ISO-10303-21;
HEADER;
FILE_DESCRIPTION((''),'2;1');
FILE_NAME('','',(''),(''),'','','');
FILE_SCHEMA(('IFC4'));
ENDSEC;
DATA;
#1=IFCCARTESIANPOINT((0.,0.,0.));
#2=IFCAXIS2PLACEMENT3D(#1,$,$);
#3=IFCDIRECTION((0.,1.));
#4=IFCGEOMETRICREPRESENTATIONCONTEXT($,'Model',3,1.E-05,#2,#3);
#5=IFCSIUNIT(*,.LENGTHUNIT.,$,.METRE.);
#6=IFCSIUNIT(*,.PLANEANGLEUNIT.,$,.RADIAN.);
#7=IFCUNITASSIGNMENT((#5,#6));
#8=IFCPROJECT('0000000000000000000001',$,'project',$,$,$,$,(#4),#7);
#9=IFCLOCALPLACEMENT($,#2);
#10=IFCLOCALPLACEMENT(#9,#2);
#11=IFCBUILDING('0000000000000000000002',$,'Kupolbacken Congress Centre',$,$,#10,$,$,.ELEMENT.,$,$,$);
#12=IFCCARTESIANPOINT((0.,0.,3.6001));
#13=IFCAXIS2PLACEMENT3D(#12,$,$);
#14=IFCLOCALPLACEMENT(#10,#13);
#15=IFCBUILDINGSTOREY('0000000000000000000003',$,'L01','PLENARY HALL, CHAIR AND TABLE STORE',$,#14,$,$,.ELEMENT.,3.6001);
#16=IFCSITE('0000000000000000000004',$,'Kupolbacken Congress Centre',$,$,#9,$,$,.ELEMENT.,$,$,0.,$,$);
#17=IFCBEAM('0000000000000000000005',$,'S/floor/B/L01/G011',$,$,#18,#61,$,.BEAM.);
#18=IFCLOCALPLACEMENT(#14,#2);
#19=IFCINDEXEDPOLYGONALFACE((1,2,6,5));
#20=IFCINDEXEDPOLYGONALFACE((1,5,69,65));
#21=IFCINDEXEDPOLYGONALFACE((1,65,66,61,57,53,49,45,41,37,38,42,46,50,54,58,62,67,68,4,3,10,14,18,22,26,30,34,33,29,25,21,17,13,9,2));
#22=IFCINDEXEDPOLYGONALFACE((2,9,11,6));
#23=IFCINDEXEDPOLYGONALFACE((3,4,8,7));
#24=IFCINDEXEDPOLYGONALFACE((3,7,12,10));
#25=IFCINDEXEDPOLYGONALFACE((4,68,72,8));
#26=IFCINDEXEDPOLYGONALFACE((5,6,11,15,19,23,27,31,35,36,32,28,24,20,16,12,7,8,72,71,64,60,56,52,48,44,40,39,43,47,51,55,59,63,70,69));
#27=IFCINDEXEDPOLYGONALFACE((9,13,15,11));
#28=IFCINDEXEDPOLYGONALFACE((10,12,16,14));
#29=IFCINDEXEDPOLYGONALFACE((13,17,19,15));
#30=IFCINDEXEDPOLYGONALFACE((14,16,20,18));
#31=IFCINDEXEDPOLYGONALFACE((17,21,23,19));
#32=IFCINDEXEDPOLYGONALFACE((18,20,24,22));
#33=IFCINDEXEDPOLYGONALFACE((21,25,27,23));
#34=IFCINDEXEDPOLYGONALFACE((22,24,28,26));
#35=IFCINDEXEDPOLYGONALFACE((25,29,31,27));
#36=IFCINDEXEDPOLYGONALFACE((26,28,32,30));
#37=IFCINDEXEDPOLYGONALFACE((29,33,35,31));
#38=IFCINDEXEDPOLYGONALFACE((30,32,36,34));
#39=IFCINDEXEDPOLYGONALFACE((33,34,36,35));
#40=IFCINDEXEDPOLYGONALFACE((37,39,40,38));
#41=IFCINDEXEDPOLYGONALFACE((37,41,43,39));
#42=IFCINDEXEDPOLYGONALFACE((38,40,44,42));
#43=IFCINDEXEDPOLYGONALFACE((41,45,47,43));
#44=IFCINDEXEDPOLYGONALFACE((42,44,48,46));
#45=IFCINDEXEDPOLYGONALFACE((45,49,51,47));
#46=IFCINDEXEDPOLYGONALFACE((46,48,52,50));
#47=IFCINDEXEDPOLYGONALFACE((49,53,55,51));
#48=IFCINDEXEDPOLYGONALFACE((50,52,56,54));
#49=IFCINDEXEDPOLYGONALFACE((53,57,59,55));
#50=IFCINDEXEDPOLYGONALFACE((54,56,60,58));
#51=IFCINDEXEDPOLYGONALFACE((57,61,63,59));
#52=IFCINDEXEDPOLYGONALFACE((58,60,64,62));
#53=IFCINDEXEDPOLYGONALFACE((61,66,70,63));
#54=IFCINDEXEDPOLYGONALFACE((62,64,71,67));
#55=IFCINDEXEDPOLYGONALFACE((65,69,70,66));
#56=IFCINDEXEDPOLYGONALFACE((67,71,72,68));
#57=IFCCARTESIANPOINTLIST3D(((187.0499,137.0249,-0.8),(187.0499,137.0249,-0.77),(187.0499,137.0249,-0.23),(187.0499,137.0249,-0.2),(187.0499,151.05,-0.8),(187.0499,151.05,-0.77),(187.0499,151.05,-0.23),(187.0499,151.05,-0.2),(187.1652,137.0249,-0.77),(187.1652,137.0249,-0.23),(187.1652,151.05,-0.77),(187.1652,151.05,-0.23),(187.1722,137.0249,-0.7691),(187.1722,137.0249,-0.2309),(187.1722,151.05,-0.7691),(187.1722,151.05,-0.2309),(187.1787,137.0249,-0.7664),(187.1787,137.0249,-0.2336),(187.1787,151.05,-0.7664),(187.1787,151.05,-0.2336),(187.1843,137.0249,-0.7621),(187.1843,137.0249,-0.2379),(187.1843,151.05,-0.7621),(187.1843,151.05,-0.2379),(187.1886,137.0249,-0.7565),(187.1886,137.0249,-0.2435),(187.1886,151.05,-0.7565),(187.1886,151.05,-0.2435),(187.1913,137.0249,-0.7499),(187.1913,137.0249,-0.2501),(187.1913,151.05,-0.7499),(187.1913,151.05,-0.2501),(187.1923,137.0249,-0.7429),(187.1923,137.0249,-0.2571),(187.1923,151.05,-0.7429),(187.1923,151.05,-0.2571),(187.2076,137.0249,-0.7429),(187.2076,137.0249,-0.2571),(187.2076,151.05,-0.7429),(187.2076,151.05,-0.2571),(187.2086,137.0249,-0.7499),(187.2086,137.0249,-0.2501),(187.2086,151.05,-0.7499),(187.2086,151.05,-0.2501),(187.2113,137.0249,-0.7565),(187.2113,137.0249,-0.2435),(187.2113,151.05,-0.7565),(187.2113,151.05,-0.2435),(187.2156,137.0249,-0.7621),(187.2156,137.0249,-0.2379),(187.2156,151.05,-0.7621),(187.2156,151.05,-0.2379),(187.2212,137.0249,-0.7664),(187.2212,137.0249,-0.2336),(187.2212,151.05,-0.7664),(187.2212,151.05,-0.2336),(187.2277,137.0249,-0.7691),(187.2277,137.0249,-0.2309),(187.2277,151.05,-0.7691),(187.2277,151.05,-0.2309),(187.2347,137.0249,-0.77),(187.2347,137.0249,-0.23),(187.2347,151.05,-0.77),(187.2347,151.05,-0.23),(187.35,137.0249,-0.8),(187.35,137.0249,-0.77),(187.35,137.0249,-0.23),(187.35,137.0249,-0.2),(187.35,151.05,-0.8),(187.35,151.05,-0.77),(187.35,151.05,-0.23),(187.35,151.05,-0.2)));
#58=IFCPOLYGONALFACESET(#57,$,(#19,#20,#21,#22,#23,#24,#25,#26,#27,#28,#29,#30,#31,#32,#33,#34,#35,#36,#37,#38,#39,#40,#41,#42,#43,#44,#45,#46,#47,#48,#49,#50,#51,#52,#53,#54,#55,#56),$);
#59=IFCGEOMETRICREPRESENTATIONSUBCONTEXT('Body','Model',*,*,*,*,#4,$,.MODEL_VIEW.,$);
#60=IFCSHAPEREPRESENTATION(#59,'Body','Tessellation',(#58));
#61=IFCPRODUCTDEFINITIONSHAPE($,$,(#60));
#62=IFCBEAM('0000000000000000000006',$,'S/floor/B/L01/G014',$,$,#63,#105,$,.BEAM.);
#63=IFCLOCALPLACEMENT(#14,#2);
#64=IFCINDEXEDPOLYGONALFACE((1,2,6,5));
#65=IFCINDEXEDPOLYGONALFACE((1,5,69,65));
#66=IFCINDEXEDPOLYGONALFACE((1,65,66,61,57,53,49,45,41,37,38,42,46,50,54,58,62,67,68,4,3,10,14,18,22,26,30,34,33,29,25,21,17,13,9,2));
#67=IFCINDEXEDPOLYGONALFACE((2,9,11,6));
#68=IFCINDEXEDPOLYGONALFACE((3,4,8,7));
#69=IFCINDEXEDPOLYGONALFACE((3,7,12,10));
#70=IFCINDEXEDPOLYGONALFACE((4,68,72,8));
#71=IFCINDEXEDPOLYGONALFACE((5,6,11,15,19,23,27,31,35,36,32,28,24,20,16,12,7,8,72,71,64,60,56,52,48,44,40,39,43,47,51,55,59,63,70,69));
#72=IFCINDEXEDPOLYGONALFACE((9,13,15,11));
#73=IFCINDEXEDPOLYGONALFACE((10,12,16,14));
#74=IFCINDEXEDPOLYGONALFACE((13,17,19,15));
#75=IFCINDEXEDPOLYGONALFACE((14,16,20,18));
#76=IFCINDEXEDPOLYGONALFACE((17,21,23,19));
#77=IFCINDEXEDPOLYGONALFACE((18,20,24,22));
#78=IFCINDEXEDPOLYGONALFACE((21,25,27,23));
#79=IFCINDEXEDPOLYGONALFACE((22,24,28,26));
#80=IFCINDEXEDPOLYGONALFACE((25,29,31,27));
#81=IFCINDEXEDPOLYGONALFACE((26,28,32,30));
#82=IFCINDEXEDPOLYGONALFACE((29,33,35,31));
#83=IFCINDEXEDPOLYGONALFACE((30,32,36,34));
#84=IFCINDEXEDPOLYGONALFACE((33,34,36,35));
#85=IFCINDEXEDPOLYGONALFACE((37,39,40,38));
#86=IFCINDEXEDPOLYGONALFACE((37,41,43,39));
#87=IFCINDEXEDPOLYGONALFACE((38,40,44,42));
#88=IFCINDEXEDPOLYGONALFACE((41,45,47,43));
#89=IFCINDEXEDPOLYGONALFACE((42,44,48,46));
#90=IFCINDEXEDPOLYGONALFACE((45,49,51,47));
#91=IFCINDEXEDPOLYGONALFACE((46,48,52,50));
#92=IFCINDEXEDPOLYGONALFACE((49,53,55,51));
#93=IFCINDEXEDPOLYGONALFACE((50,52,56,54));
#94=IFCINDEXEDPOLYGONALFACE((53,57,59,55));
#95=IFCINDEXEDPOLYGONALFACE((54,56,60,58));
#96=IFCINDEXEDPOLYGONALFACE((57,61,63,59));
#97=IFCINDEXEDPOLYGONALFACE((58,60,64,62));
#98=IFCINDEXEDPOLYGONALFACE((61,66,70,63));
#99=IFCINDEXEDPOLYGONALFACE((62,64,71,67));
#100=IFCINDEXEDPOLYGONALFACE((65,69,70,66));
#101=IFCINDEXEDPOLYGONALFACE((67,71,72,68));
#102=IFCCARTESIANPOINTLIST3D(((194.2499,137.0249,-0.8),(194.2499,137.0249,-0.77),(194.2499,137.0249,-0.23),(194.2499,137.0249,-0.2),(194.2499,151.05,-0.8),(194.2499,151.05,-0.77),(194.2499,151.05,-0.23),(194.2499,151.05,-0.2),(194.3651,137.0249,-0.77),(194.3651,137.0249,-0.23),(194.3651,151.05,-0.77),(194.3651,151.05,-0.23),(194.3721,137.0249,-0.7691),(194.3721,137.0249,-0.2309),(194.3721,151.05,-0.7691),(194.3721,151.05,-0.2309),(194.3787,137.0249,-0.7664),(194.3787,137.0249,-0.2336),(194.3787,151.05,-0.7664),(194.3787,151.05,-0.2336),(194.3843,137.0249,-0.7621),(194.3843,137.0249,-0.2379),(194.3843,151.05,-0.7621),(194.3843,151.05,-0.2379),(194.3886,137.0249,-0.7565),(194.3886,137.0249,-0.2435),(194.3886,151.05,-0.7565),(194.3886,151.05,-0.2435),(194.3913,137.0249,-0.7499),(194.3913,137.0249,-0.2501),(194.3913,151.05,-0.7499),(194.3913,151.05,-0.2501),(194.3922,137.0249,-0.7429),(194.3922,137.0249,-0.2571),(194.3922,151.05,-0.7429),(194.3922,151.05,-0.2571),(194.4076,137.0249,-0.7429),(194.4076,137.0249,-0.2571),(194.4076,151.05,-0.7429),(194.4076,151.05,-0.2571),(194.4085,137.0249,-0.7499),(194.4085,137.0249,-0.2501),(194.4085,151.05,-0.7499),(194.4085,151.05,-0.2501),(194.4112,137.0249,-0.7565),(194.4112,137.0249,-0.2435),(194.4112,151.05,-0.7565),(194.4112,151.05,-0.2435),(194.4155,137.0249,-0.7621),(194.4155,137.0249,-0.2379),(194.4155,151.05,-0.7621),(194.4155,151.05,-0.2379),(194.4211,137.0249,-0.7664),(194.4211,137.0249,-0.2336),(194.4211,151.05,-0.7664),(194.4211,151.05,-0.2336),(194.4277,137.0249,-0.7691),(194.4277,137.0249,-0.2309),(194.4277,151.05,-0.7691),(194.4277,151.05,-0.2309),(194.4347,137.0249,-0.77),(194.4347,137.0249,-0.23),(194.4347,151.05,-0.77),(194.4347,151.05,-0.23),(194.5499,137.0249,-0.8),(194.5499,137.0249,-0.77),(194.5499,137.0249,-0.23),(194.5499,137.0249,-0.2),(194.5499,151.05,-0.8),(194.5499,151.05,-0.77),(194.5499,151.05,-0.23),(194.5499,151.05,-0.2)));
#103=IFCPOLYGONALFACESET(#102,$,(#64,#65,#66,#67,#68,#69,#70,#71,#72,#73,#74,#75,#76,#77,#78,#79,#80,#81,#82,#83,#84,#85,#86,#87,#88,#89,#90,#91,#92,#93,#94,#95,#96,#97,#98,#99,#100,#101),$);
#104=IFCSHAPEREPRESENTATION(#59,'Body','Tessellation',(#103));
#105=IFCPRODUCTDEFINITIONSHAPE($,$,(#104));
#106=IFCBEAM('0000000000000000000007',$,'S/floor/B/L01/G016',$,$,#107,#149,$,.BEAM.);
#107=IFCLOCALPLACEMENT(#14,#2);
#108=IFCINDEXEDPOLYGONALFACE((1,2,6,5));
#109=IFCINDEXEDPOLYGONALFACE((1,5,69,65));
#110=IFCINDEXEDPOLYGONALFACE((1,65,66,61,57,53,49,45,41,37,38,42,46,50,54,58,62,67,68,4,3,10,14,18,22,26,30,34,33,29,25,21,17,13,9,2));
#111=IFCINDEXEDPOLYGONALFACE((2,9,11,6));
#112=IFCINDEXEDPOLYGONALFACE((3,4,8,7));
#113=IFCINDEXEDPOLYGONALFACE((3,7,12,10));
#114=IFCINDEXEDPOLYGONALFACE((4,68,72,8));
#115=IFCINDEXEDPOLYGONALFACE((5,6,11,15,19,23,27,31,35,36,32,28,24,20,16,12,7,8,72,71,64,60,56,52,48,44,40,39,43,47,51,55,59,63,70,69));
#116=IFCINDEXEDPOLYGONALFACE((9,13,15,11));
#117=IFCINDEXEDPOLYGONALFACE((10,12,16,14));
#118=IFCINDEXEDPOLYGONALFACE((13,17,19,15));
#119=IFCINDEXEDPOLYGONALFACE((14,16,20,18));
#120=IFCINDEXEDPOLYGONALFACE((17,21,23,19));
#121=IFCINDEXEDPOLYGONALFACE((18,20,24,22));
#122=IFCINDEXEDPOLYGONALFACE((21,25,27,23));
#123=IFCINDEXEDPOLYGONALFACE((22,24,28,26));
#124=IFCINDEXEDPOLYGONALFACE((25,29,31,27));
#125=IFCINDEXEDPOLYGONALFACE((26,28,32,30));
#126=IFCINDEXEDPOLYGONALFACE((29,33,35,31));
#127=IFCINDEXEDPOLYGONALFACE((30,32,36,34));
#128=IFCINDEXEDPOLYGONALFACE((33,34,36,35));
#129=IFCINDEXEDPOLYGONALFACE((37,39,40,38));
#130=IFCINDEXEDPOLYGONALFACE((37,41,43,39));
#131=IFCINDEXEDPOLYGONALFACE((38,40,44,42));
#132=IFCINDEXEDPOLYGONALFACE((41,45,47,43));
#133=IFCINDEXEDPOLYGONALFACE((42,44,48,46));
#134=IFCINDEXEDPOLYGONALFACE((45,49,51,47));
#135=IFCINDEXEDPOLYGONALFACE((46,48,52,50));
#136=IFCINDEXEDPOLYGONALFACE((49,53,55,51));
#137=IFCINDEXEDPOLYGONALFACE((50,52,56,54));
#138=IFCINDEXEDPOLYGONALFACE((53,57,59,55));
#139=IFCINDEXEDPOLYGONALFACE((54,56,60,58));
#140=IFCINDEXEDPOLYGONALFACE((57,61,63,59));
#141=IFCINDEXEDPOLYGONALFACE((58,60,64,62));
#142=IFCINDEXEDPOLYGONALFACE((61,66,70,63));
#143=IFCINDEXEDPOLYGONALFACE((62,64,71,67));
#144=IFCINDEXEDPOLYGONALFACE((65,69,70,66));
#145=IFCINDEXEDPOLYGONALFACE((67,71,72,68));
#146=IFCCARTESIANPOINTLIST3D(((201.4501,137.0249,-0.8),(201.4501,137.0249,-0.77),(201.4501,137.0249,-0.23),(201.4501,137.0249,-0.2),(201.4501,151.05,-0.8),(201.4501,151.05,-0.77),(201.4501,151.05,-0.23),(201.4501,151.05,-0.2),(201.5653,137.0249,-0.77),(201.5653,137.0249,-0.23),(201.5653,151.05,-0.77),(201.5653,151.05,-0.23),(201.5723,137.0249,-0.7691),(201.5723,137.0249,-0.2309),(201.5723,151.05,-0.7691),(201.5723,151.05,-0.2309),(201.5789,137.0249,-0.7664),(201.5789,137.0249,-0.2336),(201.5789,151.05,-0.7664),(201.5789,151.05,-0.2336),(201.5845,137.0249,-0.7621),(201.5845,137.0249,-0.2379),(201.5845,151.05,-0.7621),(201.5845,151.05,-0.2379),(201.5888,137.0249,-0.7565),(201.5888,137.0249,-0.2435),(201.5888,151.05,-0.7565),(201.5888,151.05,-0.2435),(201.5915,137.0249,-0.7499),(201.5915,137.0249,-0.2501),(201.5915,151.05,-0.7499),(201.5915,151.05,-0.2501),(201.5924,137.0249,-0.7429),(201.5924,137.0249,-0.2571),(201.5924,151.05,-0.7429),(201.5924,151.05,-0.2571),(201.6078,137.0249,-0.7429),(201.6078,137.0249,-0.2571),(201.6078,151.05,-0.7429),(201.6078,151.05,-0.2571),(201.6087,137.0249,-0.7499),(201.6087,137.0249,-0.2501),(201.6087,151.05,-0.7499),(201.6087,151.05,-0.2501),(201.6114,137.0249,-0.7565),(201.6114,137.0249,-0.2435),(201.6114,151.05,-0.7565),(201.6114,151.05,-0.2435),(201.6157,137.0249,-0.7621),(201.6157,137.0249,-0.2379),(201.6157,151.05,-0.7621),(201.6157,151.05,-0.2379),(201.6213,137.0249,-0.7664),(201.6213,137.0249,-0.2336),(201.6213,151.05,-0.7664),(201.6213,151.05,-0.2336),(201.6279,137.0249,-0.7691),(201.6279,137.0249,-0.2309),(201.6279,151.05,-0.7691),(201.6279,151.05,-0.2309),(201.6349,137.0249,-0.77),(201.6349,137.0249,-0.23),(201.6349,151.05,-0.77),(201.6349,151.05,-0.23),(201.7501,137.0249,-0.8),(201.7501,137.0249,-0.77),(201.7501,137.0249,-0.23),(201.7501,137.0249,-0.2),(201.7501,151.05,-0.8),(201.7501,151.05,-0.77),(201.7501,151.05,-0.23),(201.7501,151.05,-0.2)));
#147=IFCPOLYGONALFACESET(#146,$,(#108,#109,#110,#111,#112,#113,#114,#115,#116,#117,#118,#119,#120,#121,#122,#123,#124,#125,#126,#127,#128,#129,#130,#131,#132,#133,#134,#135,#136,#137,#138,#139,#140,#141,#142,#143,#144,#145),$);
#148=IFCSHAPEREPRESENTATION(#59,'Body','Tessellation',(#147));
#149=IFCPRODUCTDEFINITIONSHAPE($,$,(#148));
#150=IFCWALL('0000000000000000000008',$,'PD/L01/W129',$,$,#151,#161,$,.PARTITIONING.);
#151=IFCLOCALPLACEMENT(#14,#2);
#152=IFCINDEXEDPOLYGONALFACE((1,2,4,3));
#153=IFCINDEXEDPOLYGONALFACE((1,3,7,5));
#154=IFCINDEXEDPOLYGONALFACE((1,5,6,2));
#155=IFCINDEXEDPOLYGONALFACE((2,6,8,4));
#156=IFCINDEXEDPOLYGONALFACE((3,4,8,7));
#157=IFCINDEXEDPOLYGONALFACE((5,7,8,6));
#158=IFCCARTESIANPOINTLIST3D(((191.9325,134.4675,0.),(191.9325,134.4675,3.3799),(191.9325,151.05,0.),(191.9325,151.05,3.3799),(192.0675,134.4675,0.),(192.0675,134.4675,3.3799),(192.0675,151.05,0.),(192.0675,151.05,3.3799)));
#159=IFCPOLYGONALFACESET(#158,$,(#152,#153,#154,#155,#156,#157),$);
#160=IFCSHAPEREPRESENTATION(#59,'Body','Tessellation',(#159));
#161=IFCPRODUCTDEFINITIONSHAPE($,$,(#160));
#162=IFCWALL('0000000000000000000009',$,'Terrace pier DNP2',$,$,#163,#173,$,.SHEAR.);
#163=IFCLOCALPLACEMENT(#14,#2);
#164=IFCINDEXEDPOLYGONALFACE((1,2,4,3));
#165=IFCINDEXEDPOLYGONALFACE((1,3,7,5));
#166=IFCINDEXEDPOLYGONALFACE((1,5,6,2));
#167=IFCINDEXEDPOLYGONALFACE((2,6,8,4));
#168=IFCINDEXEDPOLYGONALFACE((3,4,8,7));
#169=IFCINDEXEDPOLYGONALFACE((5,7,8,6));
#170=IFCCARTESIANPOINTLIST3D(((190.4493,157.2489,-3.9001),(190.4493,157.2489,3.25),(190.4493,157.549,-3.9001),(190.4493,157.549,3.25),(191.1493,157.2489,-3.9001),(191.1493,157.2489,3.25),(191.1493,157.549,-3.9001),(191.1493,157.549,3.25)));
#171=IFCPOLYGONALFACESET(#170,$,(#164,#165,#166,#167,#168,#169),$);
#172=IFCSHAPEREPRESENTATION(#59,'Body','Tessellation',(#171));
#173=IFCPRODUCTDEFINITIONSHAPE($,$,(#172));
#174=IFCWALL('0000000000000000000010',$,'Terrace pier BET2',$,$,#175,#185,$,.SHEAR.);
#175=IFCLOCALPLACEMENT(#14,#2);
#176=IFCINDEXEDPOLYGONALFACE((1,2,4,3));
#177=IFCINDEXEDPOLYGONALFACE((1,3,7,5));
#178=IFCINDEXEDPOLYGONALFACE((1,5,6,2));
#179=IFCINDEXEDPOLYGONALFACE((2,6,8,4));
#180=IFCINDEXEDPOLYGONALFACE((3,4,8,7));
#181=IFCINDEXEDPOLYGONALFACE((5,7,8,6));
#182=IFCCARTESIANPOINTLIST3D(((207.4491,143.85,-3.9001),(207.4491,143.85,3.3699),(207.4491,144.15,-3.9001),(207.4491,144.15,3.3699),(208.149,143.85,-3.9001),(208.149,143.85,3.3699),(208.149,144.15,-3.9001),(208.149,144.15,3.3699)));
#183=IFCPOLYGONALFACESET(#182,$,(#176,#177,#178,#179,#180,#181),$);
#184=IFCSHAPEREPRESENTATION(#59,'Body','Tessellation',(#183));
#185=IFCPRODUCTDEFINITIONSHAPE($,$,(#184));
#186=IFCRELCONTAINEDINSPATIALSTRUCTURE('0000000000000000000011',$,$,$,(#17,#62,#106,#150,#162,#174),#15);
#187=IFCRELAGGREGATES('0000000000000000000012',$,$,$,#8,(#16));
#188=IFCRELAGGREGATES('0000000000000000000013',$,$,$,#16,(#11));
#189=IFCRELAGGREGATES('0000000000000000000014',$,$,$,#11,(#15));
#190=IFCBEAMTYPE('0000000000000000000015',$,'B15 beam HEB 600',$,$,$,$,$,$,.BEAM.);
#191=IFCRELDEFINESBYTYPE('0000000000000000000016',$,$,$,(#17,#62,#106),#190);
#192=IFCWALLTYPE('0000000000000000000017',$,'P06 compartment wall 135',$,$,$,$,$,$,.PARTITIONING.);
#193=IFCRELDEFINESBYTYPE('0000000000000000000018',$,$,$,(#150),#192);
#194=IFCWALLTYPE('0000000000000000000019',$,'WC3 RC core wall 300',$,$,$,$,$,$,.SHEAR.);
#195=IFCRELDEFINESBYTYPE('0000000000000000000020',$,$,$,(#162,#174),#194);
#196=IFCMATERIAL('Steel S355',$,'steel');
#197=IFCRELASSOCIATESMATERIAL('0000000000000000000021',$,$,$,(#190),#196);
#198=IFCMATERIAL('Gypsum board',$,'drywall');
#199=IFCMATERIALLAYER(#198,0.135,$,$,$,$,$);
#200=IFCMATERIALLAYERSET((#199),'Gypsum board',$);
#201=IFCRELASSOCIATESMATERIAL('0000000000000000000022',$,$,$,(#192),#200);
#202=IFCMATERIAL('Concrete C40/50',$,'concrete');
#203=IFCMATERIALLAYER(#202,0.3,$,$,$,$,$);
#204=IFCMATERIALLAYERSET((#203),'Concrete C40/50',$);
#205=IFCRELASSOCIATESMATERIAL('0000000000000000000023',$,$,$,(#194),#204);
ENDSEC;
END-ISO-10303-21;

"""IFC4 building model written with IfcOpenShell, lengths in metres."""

from ifc_helpers import new_model, si_unit, direction, frame, frame_2d, origin, origin_2d, place, context, subcontext, project, spatial, rectangle, i_section, extrude, material, layer, layer_set, material_profile, profile_set, type_object, element, save


model = new_model("IFC4")

# Units and contexts
model_context = context("Model", 3, precision=1e-05, world=origin(), true_north=direction((0.0, 1.0)))
body_context = subcontext(model_context, "Body", "Model", "MODEL_VIEW")
ifc_project = project(units=[si_unit("LENGTHUNIT", "METRE"), si_unit("PLANEANGLEUNIT", "RADIAN")], contexts=[model_context])

# Site, building, storey
site_placement = place(None, origin())
site = spatial("IfcSite", under=ifc_project, at=site_placement, Name="Kupolbacken Congress Centre", CompositionType="ELEMENT", RefElevation=0.0)
building_placement = place(site_placement, origin())
building = spatial("IfcBuilding", under=site, at=building_placement, Name="Kupolbacken Congress Centre", CompositionType="ELEMENT")
storey_placement = place(building_placement, frame((0.0, 0.0, 3.6001)))
storey = spatial("IfcBuildingStorey", under=building, at=storey_placement, Name="L01", Description="PLENARY HALL, CHAIR AND TABLE STORE", CompositionType="ELEMENT", Elevation=3.6001)

# Beams
ifc_material_1 = material(Name="Steel S355", Category="steel")
ifc_material_profile_1 = material_profile(ifc_material_1, i_section(OverallWidth=0.3, OverallDepth=0.6001, WebThickness=0.0154, FlangeThickness=0.03, FilletRadius=0.0271, at=origin_2d()), Name="HEB 600")
ifc_profile_set_1 = profile_set([ifc_material_profile_1], Name="Steel S355")
beam_type_1 = type_object("IfcBeamType", Name="B15 beam HEB 600", PredefinedType="BEAM", material=ifc_profile_set_1)
for number, where, z_axis, x_axis, name in (
    (1, (187.2, 137.0249, -0.5), (0.0, 1.0, 0.0), (-1.0, 0.0, 0.0), "S/floor/B/L01/G011"),
    (2, (194.3999, 137.0249, -0.5), (0.0, 1.0, 0.0), (-1.0, 0.0, 0.0), "S/floor/B/L01/G014"),
    (3, (201.6001, 137.0249, -0.5), (0.0, 1.0, 0.0), (-1.0, 0.0, 0.0), "S/floor/B/L01/G016"),
):
    element("IfcBeam", number, at=place(storey_placement, frame(where, z_axis=z_axis, x_axis=x_axis)), inside=storey, type_object=beam_type_1, Name=name, PredefinedType="BEAM", context=body_context, shape_type="SweptSolid", body=[
        extrude(i_section(OverallWidth=0.3, OverallDepth=0.6001, WebThickness=0.0154, FlangeThickness=0.03, FilletRadius=0.0271, at=origin_2d()), origin(), (0.0, 0.0, 1.0), 14.0251),
    ])

# Walls
ifc_material_2 = material(Name="Gypsum board", Category="drywall")
ifc_layer_1 = layer(ifc_material_2, 0.135)
ifc_layer_set_1 = layer_set([ifc_layer_1], Name="Gypsum board")
wall_type_1 = type_object("IfcWallType", Name="P06 compartment wall 135", PredefinedType="PARTITIONING", material=ifc_layer_set_1)
wall_1_placement = place(storey_placement, frame((192.0, 151.05, 0.0), z_axis=(0.0, 0.0, 1.0), x_axis=(0.0, -1.0, 0.0)))
element("IfcWall", 4, at=wall_1_placement, inside=storey, type_object=wall_type_1, Name="PD/L01/W129", PredefinedType="PARTITIONING", context=body_context, shape_type="SweptSolid", body=[
    extrude(rectangle(XDim=16.5825, YDim=0.135, at=frame_2d((8.2913, 0.0))), origin(), (0.0, 0.0, 1.0), 3.3799),
])
ifc_material_3 = material(Name="Concrete C40/50", Category="concrete")
ifc_layer_2 = layer(ifc_material_3, 0.3)
ifc_layer_set_2 = layer_set([ifc_layer_2], Name="Concrete C40/50")
wall_type_2 = type_object("IfcWallType", Name="WC3 RC core wall 300", PredefinedType="SHEAR", material=ifc_layer_set_2)
wall_2_placement = place(storey_placement, frame((190.4492, 157.3989, -3.9001), z_axis=(0.0, 0.0, 1.0), x_axis=(1.0, 0.0, 0.0)))
element("IfcWall", 5, at=wall_2_placement, inside=storey, type_object=wall_type_2, Name="Terrace pier DNP2", PredefinedType="SHEAR", context=body_context, shape_type="SweptSolid", body=[
    extrude(rectangle(XDim=0.7, YDim=0.3, at=frame_2d((0.3501, 0.0))), origin(), (0.0, 0.0, 1.0), 7.1501),
])
wall_3_placement = place(storey_placement, frame((207.449, 144.0, -3.9001), z_axis=(0.0, 0.0, 1.0), x_axis=(1.0, 0.0, 0.0)))
element("IfcWall", 6, at=wall_3_placement, inside=storey, type_object=wall_type_2, Name="Terrace pier BET2", PredefinedType="SHEAR", context=body_context, shape_type="SweptSolid", body=[
    extrude(rectangle(XDim=0.7, YDim=0.3, at=frame_2d((0.3501, 0.0))), origin(), (0.0, 0.0, 1.0), 7.27),
])

save(model, "model.ifc")
